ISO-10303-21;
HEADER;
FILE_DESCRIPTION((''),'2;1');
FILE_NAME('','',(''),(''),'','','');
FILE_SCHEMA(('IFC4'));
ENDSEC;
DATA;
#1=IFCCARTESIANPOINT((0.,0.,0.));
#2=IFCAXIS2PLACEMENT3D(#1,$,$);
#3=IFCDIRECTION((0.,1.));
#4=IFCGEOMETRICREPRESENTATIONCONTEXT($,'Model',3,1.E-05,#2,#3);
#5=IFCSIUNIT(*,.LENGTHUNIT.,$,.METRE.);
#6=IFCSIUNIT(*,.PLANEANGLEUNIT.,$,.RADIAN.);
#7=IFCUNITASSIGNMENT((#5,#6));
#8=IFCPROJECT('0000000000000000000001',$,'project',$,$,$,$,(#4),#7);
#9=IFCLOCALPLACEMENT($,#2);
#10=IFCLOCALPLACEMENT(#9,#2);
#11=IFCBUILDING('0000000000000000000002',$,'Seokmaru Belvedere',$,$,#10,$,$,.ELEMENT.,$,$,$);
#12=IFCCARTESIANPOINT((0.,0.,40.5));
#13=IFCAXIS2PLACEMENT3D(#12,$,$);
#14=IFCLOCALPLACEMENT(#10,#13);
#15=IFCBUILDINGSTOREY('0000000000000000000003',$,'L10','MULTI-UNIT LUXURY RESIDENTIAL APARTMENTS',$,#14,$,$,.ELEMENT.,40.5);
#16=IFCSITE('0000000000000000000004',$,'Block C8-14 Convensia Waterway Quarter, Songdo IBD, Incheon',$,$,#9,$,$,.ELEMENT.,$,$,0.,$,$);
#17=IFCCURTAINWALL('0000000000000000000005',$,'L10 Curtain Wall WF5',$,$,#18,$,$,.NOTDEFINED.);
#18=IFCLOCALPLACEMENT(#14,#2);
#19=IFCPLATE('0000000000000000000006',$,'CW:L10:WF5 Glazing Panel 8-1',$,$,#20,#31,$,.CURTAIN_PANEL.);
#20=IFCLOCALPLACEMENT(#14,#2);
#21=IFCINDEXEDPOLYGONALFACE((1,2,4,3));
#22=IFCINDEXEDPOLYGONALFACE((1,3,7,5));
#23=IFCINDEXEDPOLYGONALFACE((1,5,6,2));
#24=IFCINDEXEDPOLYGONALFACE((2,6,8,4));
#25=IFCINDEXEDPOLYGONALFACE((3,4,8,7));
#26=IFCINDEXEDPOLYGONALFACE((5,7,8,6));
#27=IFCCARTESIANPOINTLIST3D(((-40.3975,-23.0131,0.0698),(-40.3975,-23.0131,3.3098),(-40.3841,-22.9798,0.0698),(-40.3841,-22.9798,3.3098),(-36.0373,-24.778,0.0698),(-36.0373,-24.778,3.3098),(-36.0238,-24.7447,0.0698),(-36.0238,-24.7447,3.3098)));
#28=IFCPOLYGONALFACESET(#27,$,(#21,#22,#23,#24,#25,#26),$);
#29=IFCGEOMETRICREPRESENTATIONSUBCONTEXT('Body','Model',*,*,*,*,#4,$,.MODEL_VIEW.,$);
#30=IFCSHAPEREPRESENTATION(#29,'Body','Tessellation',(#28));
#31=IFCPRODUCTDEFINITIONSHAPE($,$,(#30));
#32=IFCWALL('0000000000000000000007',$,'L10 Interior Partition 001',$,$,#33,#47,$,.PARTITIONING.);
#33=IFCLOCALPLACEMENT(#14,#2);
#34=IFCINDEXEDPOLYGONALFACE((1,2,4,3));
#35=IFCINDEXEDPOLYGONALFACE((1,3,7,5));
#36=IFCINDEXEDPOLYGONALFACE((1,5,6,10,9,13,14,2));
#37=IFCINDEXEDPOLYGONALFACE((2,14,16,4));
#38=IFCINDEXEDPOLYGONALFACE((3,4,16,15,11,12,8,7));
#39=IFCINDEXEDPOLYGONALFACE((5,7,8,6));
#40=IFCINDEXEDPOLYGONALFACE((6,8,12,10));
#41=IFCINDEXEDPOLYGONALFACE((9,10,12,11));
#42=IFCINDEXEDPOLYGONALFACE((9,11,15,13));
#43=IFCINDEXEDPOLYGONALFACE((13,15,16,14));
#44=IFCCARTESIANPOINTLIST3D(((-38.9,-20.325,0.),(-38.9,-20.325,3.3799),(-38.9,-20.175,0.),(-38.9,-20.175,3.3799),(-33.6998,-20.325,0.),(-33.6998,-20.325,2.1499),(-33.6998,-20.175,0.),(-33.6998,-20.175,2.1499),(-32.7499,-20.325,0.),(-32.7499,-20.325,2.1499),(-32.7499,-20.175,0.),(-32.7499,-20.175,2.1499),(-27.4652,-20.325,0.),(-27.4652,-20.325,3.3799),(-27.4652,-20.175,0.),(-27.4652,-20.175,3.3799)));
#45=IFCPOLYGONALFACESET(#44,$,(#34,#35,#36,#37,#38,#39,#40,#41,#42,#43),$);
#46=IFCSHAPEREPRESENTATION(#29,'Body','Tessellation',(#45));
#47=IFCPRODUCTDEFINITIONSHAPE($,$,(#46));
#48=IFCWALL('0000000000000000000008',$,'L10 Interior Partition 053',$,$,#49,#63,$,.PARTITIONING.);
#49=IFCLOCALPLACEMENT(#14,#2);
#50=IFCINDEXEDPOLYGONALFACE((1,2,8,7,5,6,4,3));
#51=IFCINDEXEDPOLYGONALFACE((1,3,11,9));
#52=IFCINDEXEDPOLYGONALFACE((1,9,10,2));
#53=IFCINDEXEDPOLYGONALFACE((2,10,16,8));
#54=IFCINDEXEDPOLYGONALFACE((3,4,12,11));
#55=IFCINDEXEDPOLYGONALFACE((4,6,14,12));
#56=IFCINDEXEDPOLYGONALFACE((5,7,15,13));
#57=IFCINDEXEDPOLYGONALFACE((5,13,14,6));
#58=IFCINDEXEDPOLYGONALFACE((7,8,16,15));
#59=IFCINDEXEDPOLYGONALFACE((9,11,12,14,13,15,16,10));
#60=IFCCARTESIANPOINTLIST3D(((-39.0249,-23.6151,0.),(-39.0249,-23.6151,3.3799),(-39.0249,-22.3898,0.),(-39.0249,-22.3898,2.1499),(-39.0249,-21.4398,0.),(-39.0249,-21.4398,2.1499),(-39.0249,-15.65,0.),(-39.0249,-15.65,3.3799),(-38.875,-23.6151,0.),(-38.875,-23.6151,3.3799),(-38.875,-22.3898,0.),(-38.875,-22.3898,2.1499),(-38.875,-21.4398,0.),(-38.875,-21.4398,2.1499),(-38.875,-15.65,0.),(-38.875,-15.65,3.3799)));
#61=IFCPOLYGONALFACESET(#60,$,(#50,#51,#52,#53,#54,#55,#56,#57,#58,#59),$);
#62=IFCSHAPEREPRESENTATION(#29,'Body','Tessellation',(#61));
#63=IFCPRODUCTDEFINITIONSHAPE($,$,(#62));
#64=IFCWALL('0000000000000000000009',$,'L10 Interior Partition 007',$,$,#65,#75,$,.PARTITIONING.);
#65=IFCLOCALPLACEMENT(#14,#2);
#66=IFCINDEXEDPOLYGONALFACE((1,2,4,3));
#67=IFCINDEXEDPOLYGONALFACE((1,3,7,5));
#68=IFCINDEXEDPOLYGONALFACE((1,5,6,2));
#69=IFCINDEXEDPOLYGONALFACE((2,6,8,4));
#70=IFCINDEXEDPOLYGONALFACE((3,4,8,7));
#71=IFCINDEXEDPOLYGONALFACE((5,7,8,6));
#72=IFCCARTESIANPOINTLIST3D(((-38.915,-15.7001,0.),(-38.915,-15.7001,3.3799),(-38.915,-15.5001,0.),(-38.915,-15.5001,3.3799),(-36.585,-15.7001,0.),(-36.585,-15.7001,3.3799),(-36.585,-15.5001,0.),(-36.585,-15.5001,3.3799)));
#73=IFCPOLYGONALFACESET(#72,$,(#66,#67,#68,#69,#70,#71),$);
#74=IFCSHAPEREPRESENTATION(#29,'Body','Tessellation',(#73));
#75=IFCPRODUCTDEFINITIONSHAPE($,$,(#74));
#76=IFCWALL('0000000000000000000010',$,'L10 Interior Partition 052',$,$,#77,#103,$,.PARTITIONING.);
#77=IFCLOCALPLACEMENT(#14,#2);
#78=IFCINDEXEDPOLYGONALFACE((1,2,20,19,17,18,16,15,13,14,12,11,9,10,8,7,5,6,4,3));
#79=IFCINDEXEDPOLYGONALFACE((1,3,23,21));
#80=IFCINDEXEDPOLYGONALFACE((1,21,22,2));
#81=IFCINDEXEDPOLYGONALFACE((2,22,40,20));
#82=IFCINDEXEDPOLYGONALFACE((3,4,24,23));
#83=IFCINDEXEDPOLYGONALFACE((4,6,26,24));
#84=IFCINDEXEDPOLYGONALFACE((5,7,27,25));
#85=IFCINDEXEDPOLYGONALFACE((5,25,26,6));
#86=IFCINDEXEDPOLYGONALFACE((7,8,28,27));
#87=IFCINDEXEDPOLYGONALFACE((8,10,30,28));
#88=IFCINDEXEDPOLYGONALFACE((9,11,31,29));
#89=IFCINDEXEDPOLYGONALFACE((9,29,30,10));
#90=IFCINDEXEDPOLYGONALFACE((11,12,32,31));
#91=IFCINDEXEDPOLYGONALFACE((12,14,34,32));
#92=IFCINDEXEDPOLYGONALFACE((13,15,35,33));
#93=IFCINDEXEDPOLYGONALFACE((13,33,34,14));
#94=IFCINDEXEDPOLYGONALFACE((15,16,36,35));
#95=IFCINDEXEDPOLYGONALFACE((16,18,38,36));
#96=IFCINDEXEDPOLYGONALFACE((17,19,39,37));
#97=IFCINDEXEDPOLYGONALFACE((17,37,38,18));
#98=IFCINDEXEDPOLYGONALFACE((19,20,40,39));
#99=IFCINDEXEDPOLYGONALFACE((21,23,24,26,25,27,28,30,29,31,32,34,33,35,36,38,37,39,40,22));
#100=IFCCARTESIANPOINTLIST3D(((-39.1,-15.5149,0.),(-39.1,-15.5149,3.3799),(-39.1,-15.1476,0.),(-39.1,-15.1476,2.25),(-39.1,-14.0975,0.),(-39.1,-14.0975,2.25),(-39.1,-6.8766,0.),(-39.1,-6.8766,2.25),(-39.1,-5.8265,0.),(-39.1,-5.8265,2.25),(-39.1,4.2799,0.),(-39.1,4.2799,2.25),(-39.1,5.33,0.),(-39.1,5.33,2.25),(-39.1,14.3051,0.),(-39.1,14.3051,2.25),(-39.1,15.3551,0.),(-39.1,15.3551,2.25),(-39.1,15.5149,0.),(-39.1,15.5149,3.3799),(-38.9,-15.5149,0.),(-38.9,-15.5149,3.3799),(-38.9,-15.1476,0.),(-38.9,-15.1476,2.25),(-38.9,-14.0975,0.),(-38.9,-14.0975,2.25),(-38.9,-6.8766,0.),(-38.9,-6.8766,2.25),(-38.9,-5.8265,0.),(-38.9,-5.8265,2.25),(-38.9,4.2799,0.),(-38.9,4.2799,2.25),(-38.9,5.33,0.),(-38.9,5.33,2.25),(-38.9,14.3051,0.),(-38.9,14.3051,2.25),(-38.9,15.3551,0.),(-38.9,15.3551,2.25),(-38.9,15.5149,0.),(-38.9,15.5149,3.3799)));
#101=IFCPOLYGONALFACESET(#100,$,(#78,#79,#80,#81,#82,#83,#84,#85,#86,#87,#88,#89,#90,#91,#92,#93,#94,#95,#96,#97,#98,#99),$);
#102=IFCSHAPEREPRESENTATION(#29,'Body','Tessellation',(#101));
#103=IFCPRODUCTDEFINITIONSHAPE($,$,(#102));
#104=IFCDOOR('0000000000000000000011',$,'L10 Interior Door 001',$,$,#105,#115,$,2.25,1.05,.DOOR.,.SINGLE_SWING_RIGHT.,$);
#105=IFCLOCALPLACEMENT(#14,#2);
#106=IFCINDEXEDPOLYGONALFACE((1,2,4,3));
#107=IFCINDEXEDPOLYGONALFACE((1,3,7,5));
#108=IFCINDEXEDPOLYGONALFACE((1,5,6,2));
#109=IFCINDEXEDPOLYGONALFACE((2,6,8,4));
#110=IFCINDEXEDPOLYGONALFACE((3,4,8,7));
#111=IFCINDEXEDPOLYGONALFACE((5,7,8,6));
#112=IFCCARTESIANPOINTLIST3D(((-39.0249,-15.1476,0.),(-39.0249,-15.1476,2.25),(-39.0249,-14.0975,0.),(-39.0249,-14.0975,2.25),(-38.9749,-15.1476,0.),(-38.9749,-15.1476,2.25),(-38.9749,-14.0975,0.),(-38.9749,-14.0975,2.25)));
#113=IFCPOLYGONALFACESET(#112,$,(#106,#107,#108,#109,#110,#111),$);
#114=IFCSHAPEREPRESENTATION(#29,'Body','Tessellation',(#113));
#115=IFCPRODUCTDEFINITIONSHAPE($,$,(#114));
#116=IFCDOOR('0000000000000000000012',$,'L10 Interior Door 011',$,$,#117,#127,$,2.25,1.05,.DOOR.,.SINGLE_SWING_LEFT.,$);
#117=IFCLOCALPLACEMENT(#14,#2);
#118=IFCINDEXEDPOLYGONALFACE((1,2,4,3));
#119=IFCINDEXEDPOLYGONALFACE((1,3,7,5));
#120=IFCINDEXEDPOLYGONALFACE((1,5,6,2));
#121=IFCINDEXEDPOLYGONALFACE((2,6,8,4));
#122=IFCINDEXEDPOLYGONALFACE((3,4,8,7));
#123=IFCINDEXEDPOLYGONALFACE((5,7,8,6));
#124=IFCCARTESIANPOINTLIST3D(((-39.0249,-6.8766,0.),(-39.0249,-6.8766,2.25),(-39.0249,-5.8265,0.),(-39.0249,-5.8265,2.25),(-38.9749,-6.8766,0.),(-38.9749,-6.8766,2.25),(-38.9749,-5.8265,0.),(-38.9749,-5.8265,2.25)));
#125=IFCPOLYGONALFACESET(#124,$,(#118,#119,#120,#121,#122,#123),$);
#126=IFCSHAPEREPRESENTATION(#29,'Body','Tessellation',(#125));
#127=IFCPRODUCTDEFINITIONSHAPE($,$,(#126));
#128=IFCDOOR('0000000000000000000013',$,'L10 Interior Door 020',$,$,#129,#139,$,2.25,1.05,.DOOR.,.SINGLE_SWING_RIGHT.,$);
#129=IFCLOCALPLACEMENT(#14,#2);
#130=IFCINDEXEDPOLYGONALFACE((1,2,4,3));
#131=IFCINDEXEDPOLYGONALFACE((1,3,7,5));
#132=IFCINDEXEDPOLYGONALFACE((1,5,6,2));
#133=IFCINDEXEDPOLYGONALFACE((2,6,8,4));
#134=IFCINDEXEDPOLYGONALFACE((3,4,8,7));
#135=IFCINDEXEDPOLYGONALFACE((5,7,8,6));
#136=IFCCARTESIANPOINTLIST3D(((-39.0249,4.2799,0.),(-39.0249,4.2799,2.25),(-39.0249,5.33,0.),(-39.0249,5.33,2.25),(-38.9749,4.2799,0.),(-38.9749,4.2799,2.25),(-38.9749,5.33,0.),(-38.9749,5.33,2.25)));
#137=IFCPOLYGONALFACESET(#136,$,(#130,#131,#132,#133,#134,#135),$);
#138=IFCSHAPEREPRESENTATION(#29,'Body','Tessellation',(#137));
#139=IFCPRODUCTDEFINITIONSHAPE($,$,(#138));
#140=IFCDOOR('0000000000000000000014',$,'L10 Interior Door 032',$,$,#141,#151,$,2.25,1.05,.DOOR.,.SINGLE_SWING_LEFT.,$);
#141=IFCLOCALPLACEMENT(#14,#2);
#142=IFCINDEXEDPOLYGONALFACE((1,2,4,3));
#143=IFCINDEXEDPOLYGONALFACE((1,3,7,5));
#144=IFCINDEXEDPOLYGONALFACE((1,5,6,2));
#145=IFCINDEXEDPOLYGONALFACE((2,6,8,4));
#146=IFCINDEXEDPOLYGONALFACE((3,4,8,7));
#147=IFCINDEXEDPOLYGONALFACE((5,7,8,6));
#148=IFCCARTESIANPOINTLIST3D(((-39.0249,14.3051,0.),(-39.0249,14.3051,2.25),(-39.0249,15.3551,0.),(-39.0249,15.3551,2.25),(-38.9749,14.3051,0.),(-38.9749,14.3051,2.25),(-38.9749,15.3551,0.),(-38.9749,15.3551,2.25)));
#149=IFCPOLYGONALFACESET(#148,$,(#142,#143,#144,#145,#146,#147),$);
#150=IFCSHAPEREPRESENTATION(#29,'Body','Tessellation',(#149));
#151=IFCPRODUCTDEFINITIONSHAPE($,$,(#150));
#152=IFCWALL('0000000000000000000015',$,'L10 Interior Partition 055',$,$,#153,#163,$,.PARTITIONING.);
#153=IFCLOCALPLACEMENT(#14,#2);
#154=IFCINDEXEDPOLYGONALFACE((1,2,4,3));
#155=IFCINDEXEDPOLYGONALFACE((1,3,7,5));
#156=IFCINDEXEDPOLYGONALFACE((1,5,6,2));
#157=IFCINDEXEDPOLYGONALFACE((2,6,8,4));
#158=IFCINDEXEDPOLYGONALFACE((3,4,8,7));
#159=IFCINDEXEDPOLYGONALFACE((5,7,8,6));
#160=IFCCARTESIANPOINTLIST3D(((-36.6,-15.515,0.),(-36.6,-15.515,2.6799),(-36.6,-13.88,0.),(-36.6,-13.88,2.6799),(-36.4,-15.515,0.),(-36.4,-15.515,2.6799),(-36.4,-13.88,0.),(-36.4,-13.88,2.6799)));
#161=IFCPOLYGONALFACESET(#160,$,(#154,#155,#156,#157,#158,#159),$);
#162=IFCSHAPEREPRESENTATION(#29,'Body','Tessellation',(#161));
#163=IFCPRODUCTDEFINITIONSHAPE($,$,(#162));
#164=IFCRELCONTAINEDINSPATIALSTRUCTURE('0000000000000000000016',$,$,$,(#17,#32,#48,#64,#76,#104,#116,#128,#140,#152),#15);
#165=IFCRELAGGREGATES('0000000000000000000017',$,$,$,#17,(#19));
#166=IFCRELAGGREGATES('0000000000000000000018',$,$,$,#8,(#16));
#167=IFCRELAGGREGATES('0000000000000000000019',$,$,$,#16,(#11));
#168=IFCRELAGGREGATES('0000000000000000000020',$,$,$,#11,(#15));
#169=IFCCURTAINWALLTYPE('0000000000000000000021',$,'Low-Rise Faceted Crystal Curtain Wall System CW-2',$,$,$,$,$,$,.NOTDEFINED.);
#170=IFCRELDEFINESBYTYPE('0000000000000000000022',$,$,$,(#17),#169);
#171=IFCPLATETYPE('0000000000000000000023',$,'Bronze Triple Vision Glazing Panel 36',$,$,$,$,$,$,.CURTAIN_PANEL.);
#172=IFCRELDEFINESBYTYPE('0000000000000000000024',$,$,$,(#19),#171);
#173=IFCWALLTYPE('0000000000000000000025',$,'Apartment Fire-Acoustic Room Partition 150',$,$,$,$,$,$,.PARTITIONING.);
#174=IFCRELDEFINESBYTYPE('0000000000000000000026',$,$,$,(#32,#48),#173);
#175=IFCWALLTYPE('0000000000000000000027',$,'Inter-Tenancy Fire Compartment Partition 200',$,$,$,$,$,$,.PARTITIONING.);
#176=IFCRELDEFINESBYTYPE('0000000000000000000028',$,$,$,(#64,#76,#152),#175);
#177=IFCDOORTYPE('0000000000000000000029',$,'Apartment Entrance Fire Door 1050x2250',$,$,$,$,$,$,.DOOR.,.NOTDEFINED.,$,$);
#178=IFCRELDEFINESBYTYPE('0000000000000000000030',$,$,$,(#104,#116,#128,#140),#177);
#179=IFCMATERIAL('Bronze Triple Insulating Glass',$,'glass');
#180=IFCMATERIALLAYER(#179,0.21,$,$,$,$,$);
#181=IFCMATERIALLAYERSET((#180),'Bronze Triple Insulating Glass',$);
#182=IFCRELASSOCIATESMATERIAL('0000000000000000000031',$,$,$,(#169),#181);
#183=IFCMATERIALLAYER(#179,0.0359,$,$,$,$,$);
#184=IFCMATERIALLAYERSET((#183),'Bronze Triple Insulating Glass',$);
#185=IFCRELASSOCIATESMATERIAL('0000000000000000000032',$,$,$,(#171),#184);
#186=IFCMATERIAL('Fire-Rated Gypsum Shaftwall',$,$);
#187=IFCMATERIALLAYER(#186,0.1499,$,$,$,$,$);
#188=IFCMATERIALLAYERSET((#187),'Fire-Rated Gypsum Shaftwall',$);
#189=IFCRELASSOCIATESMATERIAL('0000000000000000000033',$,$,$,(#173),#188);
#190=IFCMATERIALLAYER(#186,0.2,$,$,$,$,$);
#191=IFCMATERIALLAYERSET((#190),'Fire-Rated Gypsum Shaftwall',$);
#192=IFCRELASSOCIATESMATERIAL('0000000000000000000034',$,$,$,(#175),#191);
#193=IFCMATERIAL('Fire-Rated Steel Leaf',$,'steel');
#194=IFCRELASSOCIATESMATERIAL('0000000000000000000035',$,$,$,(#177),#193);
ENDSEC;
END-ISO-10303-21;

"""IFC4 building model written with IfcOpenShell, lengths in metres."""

from ifc_helpers import new_model, si_unit, direction, frame, frame_2d, origin, origin_2d, place, context, subcontext, project, spatial, rectangle, extrude, source, transform, mapped, material, layer, layer_set, type_object, type_shapes, element, fill, aggregate, save


model = new_model("IFC4")

# Units and contexts
model_context = context("Model", 3, precision=1e-05, world=origin(), true_north=direction((0.0, 1.0)))
body_context = subcontext(model_context, "Body", "Model", "MODEL_VIEW")
ifc_project = project(units=[si_unit("LENGTHUNIT", "METRE"), si_unit("PLANEANGLEUNIT", "RADIAN")], contexts=[model_context])

# Site, building, storey
site_placement = place(None, origin())
site = spatial("IfcSite", under=ifc_project, at=site_placement, Name="Block C8-14 Convensia Waterway Quarter, Songdo IBD, Incheon", CompositionType="ELEMENT", RefElevation=0.0)
building_placement = place(site_placement, origin())
building = spatial("IfcBuilding", under=site, at=building_placement, Name="Seokmaru Belvedere", CompositionType="ELEMENT")
storey_placement = place(building_placement, frame((0.0, 0.0, 40.5)))
storey = spatial("IfcBuildingStorey", under=building, at=storey_placement, Name="L10", Description="MULTI-UNIT LUXURY RESIDENTIAL APARTMENTS", CompositionType="ELEMENT", Elevation=40.5)

# Curtain wall, plate
ifc_material_1 = material(Name="Bronze Triple Insulating Glass", Category="glass")
ifc_layer_1 = layer(ifc_material_1, 0.21)
ifc_layer_set_1 = layer_set([ifc_layer_1], Name="Bronze Triple Insulating Glass")
curtain_wall_type = type_object("IfcCurtainWallType", Name="Low-Rise Faceted Crystal Curtain Wall System CW-2", PredefinedType="NOTDEFINED", material=ifc_layer_set_1)
curtain_wall_placement = place(storey_placement, origin())
curtain_wall = element("IfcCurtainWall", 1, at=curtain_wall_placement, inside=storey, type_object=curtain_wall_type, Name="L10 Curtain Wall WF5", PredefinedType="NOTDEFINED")
ifc_layer_2 = layer(ifc_material_1, 0.0359)
ifc_layer_set_2 = layer_set([ifc_layer_2], Name="Bronze Triple Insulating Glass")
plate_type = type_object("IfcPlateType", Name="Bronze Triple Vision Glazing Panel 36", PredefinedType="CURTAIN_PANEL", material=ifc_layer_set_2)
shared_shape_1 = source(origin(), body_context, "Body", "SweptSolid", [
    extrude(rectangle(XDim=4.7039, YDim=0.0359, at=origin_2d()), origin(), (0.0, 0.0, 1.0), 3.24),
])
plate_1_placement = place(storey_placement, frame((-38.2107, -23.8789, 0.0698), z_axis=(0.0, 0.0, 1.0), x_axis=(0.926947, -0.375192, 0.0)))
plate_1 = element("IfcPlate", 2, at=plate_1_placement, type_object=plate_type, Name="CW:L10:WF5 Glazing Panel 8-1", PredefinedType="CURTAIN_PANEL", context=body_context, shape_type="MappedRepresentation", body=[
    mapped(shared_shape_1, transform((0.0, 0.0, 0.0), scale=1.0)),
])
aggregate(curtain_wall, [plate_1])

# Walls, openings
ifc_material_2 = material(Name="Fire-Rated Gypsum Shaftwall")
ifc_layer_3 = layer(ifc_material_2, 0.1499)
ifc_layer_set_3 = layer_set([ifc_layer_3], Name="Fire-Rated Gypsum Shaftwall")
wall_type_1 = type_object("IfcWallType", Name="Apartment Fire-Acoustic Room Partition 150", PredefinedType="PARTITIONING", material=ifc_layer_set_3)
wall_1_placement = place(storey_placement, frame((-38.8999, -20.25, 0.0), z_axis=(0.0, 0.0, 1.0), x_axis=(1.0, 0.0, 0.0)))
wall_1 = element("IfcWall", 3, at=wall_1_placement, inside=storey, type_object=wall_type_1, Name="L10 Interior Partition 001", PredefinedType="PARTITIONING", context=body_context, shape_type="SweptSolid", body=[
    extrude(rectangle(XDim=11.4348, YDim=0.1499, at=frame_2d((5.7173, 0.0))), origin(), (0.0, 0.0, 1.0), 3.3799),
])
opening_1_placement = place(wall_1_placement, frame((5.2, 0.0, 0.0)))
element("IfcOpeningElement", 4, at=opening_1_placement, cuts=wall_1, PredefinedType="OPENING", context=body_context, shape_type="SweptSolid", body=[
    extrude(rectangle(XDim=0.95, YDim=2.1499, at=frame_2d((0.4751, 1.075))), frame((0.0, 0.085, 0.0), z_axis=(0.0, -1.0, 0.0), x_axis=(1.0, 0.0, 0.0)), (0.0, 0.0, 1.0), 0.1699),
])
wall_2_placement = place(storey_placement, frame((-38.95, -23.615, 0.0), z_axis=(0.0, 0.0, 1.0), x_axis=(0.0, 1.0, 0.0)))
wall_2 = element("IfcWall", 5, at=wall_2_placement, inside=storey, type_object=wall_type_1, Name="L10 Interior Partition 053", PredefinedType="PARTITIONING", context=body_context, shape_type="SweptSolid", body=[
    extrude(rectangle(XDim=7.9651, YDim=0.1499, at=frame_2d((3.9824, 0.0))), origin(), (0.0, 0.0, 1.0), 3.3799),
])
opening_2_placement = place(wall_2_placement, frame((1.2251, 0.0, 0.0)))
element("IfcOpeningElement", 6, at=opening_2_placement, cuts=wall_2, PredefinedType="OPENING", context=body_context, shape_type="SweptSolid", body=[
    extrude(rectangle(XDim=0.95, YDim=2.1499, at=frame_2d((0.4751, 1.075))), frame((0.0, 0.085, 0.0), z_axis=(0.0, -1.0, 0.0), x_axis=(1.0, 0.0, 0.0)), (0.0, 0.0, 1.0), 0.1699),
])

# Wall
ifc_layer_4 = layer(ifc_material_2, 0.2)
ifc_layer_set_4 = layer_set([ifc_layer_4], Name="Fire-Rated Gypsum Shaftwall")
wall_type_2 = type_object("IfcWallType", Name="Inter-Tenancy Fire Compartment Partition 200", PredefinedType="PARTITIONING", material=ifc_layer_set_4)
wall_3_placement = place(storey_placement, frame((-38.915, -15.6001, 0.0), z_axis=(0.0, 0.0, 1.0), x_axis=(1.0, 0.0, 0.0)))
element("IfcWall", 7, at=wall_3_placement, inside=storey, type_object=wall_type_2, Name="L10 Interior Partition 007", PredefinedType="PARTITIONING", context=body_context, shape_type="SweptSolid", body=[
    extrude(rectangle(XDim=2.3301, YDim=0.2, at=frame_2d((1.165, 0.0))), origin(), (0.0, 0.0, 1.0), 3.3799),
])

# Wall, openings, doors
wall_4_placement = place(storey_placement, frame((-39.0, -15.5149, 0.0), z_axis=(0.0, 0.0, 1.0), x_axis=(0.0, 1.0, 0.0)))
wall_4 = element("IfcWall", 8, at=wall_4_placement, inside=storey, type_object=wall_type_2, Name="L10 Interior Partition 052", PredefinedType="PARTITIONING", context=body_context, shape_type="SweptSolid", body=[
    extrude(rectangle(XDim=31.0298, YDim=0.2, at=frame_2d((15.5149, 0.0))), origin(), (0.0, 0.0, 1.0), 3.3799),
])
opening_3_placement = place(wall_4_placement, frame((0.3674, 0.0, 0.0)))
opening_3 = element("IfcOpeningElement", 9, at=opening_3_placement, cuts=wall_4, PredefinedType="OPENING", context=body_context, shape_type="SweptSolid", body=[
    extrude(rectangle(XDim=1.05, YDim=2.25, at=frame_2d((0.5249, 1.125))), frame((0.0, 0.1099, 0.0), z_axis=(0.0, -1.0, 0.0), x_axis=(1.0, 0.0, 0.0)), (0.0, 0.0, 1.0), 0.22),
])
opening_4_placement = place(wall_4_placement, frame((8.6384, 0.0, 0.0)))
opening_4 = element("IfcOpeningElement", 10, at=opening_4_placement, cuts=wall_4, PredefinedType="OPENING", context=body_context, shape_type="SweptSolid", body=[
    extrude(rectangle(XDim=1.05, YDim=2.25, at=frame_2d((0.5249, 1.125))), frame((0.0, 0.1099, 0.0), z_axis=(0.0, -1.0, 0.0), x_axis=(1.0, 0.0, 0.0)), (0.0, 0.0, 1.0), 0.22),
])
opening_5_placement = place(wall_4_placement, frame((19.7949, 0.0, 0.0)))
opening_5 = element("IfcOpeningElement", 11, at=opening_5_placement, cuts=wall_4, PredefinedType="OPENING", context=body_context, shape_type="SweptSolid", body=[
    extrude(rectangle(XDim=1.05, YDim=2.25, at=frame_2d((0.5249, 1.125))), frame((0.0, 0.1099, 0.0), z_axis=(0.0, -1.0, 0.0), x_axis=(1.0, 0.0, 0.0)), (0.0, 0.0, 1.0), 0.22),
])
opening_6_placement = place(wall_4_placement, frame((29.8201, 0.0, 0.0)))
opening_6 = element("IfcOpeningElement", 12, at=opening_6_placement, cuts=wall_4, PredefinedType="OPENING", context=body_context, shape_type="SweptSolid", body=[
    extrude(rectangle(XDim=1.05, YDim=2.25, at=frame_2d((0.5249, 1.125))), frame((0.0, 0.1099, 0.0), z_axis=(0.0, -1.0, 0.0), x_axis=(1.0, 0.0, 0.0)), (0.0, 0.0, 1.0), 0.22),
])
ifc_material_3 = material(Name="Fire-Rated Steel Leaf", Category="steel")
door_type = type_object("IfcDoorType", Name="Apartment Entrance Fire Door 1050x2250", OperationType="NOTDEFINED", PredefinedType="DOOR", material=ifc_material_3)
shared_shape_2 = source(origin(), body_context, "Body", "SweptSolid", [
    extrude(rectangle(XDim=1.05, YDim=2.25, at=frame_2d((0.5249, 1.125))), frame((0.0, 0.0249, 0.0), z_axis=(0.0, -1.0, 0.0), x_axis=(1.0, 0.0, 0.0)), (0.0, 0.0, 1.0), 0.05),
])
type_shapes(door_type, [shared_shape_2])
door_1_placement = place(opening_3_placement, origin())
door_1 = element("IfcDoor", 13, at=door_1_placement, inside=storey, type_object=door_type, Name="L10 Interior Door 001", OperationType="SINGLE_SWING_RIGHT", OverallHeight=2.25, OverallWidth=1.05, PredefinedType="DOOR", context=body_context, shape_type="MappedRepresentation", body=[
    mapped(shared_shape_2, transform((0.0, 0.0, 0.0), scale=1.0)),
])
fill(opening_3, door_1)
door_2_placement = place(opening_4_placement, origin())
door_2 = element("IfcDoor", 14, at=door_2_placement, inside=storey, type_object=door_type, Name="L10 Interior Door 011", OperationType="SINGLE_SWING_LEFT", OverallHeight=2.25, OverallWidth=1.05, PredefinedType="DOOR", context=body_context, shape_type="MappedRepresentation", body=[
    mapped(shared_shape_2, transform((0.0, 0.0, 0.0), scale=1.0)),
])
fill(opening_4, door_2)
door_3_placement = place(opening_5_placement, origin())
door_3 = element("IfcDoor", 15, at=door_3_placement, inside=storey, type_object=door_type, Name="L10 Interior Door 020", OperationType="SINGLE_SWING_RIGHT", OverallHeight=2.25, OverallWidth=1.05, PredefinedType="DOOR", context=body_context, shape_type="MappedRepresentation", body=[
    mapped(shared_shape_2, transform((0.0, 0.0, 0.0), scale=1.0)),
])
fill(opening_5, door_3)
door_4_placement = place(opening_6_placement, origin())
door_4 = element("IfcDoor", 16, at=door_4_placement, inside=storey, type_object=door_type, Name="L10 Interior Door 032", OperationType="SINGLE_SWING_LEFT", OverallHeight=2.25, OverallWidth=1.05, PredefinedType="DOOR", context=body_context, shape_type="MappedRepresentation", body=[
    mapped(shared_shape_2, transform((0.0, 0.0, 0.0), scale=1.0)),
])
fill(opening_6, door_4)

# Wall
wall_5_placement = place(storey_placement, frame((-36.5, -15.5149, 0.0), z_axis=(0.0, 0.0, 1.0), x_axis=(0.0, 1.0, 0.0)))
element("IfcWall", 17, at=wall_5_placement, inside=storey, type_object=wall_type_2, Name="L10 Interior Partition 055", PredefinedType="PARTITIONING", context=body_context, shape_type="SweptSolid", body=[
    extrude(rectangle(XDim=1.635, YDim=0.2, at=frame_2d((0.8174, 0.0))), origin(), (0.0, 0.0, 1.0), 2.6799),
])

save(model, "model.ifc")
